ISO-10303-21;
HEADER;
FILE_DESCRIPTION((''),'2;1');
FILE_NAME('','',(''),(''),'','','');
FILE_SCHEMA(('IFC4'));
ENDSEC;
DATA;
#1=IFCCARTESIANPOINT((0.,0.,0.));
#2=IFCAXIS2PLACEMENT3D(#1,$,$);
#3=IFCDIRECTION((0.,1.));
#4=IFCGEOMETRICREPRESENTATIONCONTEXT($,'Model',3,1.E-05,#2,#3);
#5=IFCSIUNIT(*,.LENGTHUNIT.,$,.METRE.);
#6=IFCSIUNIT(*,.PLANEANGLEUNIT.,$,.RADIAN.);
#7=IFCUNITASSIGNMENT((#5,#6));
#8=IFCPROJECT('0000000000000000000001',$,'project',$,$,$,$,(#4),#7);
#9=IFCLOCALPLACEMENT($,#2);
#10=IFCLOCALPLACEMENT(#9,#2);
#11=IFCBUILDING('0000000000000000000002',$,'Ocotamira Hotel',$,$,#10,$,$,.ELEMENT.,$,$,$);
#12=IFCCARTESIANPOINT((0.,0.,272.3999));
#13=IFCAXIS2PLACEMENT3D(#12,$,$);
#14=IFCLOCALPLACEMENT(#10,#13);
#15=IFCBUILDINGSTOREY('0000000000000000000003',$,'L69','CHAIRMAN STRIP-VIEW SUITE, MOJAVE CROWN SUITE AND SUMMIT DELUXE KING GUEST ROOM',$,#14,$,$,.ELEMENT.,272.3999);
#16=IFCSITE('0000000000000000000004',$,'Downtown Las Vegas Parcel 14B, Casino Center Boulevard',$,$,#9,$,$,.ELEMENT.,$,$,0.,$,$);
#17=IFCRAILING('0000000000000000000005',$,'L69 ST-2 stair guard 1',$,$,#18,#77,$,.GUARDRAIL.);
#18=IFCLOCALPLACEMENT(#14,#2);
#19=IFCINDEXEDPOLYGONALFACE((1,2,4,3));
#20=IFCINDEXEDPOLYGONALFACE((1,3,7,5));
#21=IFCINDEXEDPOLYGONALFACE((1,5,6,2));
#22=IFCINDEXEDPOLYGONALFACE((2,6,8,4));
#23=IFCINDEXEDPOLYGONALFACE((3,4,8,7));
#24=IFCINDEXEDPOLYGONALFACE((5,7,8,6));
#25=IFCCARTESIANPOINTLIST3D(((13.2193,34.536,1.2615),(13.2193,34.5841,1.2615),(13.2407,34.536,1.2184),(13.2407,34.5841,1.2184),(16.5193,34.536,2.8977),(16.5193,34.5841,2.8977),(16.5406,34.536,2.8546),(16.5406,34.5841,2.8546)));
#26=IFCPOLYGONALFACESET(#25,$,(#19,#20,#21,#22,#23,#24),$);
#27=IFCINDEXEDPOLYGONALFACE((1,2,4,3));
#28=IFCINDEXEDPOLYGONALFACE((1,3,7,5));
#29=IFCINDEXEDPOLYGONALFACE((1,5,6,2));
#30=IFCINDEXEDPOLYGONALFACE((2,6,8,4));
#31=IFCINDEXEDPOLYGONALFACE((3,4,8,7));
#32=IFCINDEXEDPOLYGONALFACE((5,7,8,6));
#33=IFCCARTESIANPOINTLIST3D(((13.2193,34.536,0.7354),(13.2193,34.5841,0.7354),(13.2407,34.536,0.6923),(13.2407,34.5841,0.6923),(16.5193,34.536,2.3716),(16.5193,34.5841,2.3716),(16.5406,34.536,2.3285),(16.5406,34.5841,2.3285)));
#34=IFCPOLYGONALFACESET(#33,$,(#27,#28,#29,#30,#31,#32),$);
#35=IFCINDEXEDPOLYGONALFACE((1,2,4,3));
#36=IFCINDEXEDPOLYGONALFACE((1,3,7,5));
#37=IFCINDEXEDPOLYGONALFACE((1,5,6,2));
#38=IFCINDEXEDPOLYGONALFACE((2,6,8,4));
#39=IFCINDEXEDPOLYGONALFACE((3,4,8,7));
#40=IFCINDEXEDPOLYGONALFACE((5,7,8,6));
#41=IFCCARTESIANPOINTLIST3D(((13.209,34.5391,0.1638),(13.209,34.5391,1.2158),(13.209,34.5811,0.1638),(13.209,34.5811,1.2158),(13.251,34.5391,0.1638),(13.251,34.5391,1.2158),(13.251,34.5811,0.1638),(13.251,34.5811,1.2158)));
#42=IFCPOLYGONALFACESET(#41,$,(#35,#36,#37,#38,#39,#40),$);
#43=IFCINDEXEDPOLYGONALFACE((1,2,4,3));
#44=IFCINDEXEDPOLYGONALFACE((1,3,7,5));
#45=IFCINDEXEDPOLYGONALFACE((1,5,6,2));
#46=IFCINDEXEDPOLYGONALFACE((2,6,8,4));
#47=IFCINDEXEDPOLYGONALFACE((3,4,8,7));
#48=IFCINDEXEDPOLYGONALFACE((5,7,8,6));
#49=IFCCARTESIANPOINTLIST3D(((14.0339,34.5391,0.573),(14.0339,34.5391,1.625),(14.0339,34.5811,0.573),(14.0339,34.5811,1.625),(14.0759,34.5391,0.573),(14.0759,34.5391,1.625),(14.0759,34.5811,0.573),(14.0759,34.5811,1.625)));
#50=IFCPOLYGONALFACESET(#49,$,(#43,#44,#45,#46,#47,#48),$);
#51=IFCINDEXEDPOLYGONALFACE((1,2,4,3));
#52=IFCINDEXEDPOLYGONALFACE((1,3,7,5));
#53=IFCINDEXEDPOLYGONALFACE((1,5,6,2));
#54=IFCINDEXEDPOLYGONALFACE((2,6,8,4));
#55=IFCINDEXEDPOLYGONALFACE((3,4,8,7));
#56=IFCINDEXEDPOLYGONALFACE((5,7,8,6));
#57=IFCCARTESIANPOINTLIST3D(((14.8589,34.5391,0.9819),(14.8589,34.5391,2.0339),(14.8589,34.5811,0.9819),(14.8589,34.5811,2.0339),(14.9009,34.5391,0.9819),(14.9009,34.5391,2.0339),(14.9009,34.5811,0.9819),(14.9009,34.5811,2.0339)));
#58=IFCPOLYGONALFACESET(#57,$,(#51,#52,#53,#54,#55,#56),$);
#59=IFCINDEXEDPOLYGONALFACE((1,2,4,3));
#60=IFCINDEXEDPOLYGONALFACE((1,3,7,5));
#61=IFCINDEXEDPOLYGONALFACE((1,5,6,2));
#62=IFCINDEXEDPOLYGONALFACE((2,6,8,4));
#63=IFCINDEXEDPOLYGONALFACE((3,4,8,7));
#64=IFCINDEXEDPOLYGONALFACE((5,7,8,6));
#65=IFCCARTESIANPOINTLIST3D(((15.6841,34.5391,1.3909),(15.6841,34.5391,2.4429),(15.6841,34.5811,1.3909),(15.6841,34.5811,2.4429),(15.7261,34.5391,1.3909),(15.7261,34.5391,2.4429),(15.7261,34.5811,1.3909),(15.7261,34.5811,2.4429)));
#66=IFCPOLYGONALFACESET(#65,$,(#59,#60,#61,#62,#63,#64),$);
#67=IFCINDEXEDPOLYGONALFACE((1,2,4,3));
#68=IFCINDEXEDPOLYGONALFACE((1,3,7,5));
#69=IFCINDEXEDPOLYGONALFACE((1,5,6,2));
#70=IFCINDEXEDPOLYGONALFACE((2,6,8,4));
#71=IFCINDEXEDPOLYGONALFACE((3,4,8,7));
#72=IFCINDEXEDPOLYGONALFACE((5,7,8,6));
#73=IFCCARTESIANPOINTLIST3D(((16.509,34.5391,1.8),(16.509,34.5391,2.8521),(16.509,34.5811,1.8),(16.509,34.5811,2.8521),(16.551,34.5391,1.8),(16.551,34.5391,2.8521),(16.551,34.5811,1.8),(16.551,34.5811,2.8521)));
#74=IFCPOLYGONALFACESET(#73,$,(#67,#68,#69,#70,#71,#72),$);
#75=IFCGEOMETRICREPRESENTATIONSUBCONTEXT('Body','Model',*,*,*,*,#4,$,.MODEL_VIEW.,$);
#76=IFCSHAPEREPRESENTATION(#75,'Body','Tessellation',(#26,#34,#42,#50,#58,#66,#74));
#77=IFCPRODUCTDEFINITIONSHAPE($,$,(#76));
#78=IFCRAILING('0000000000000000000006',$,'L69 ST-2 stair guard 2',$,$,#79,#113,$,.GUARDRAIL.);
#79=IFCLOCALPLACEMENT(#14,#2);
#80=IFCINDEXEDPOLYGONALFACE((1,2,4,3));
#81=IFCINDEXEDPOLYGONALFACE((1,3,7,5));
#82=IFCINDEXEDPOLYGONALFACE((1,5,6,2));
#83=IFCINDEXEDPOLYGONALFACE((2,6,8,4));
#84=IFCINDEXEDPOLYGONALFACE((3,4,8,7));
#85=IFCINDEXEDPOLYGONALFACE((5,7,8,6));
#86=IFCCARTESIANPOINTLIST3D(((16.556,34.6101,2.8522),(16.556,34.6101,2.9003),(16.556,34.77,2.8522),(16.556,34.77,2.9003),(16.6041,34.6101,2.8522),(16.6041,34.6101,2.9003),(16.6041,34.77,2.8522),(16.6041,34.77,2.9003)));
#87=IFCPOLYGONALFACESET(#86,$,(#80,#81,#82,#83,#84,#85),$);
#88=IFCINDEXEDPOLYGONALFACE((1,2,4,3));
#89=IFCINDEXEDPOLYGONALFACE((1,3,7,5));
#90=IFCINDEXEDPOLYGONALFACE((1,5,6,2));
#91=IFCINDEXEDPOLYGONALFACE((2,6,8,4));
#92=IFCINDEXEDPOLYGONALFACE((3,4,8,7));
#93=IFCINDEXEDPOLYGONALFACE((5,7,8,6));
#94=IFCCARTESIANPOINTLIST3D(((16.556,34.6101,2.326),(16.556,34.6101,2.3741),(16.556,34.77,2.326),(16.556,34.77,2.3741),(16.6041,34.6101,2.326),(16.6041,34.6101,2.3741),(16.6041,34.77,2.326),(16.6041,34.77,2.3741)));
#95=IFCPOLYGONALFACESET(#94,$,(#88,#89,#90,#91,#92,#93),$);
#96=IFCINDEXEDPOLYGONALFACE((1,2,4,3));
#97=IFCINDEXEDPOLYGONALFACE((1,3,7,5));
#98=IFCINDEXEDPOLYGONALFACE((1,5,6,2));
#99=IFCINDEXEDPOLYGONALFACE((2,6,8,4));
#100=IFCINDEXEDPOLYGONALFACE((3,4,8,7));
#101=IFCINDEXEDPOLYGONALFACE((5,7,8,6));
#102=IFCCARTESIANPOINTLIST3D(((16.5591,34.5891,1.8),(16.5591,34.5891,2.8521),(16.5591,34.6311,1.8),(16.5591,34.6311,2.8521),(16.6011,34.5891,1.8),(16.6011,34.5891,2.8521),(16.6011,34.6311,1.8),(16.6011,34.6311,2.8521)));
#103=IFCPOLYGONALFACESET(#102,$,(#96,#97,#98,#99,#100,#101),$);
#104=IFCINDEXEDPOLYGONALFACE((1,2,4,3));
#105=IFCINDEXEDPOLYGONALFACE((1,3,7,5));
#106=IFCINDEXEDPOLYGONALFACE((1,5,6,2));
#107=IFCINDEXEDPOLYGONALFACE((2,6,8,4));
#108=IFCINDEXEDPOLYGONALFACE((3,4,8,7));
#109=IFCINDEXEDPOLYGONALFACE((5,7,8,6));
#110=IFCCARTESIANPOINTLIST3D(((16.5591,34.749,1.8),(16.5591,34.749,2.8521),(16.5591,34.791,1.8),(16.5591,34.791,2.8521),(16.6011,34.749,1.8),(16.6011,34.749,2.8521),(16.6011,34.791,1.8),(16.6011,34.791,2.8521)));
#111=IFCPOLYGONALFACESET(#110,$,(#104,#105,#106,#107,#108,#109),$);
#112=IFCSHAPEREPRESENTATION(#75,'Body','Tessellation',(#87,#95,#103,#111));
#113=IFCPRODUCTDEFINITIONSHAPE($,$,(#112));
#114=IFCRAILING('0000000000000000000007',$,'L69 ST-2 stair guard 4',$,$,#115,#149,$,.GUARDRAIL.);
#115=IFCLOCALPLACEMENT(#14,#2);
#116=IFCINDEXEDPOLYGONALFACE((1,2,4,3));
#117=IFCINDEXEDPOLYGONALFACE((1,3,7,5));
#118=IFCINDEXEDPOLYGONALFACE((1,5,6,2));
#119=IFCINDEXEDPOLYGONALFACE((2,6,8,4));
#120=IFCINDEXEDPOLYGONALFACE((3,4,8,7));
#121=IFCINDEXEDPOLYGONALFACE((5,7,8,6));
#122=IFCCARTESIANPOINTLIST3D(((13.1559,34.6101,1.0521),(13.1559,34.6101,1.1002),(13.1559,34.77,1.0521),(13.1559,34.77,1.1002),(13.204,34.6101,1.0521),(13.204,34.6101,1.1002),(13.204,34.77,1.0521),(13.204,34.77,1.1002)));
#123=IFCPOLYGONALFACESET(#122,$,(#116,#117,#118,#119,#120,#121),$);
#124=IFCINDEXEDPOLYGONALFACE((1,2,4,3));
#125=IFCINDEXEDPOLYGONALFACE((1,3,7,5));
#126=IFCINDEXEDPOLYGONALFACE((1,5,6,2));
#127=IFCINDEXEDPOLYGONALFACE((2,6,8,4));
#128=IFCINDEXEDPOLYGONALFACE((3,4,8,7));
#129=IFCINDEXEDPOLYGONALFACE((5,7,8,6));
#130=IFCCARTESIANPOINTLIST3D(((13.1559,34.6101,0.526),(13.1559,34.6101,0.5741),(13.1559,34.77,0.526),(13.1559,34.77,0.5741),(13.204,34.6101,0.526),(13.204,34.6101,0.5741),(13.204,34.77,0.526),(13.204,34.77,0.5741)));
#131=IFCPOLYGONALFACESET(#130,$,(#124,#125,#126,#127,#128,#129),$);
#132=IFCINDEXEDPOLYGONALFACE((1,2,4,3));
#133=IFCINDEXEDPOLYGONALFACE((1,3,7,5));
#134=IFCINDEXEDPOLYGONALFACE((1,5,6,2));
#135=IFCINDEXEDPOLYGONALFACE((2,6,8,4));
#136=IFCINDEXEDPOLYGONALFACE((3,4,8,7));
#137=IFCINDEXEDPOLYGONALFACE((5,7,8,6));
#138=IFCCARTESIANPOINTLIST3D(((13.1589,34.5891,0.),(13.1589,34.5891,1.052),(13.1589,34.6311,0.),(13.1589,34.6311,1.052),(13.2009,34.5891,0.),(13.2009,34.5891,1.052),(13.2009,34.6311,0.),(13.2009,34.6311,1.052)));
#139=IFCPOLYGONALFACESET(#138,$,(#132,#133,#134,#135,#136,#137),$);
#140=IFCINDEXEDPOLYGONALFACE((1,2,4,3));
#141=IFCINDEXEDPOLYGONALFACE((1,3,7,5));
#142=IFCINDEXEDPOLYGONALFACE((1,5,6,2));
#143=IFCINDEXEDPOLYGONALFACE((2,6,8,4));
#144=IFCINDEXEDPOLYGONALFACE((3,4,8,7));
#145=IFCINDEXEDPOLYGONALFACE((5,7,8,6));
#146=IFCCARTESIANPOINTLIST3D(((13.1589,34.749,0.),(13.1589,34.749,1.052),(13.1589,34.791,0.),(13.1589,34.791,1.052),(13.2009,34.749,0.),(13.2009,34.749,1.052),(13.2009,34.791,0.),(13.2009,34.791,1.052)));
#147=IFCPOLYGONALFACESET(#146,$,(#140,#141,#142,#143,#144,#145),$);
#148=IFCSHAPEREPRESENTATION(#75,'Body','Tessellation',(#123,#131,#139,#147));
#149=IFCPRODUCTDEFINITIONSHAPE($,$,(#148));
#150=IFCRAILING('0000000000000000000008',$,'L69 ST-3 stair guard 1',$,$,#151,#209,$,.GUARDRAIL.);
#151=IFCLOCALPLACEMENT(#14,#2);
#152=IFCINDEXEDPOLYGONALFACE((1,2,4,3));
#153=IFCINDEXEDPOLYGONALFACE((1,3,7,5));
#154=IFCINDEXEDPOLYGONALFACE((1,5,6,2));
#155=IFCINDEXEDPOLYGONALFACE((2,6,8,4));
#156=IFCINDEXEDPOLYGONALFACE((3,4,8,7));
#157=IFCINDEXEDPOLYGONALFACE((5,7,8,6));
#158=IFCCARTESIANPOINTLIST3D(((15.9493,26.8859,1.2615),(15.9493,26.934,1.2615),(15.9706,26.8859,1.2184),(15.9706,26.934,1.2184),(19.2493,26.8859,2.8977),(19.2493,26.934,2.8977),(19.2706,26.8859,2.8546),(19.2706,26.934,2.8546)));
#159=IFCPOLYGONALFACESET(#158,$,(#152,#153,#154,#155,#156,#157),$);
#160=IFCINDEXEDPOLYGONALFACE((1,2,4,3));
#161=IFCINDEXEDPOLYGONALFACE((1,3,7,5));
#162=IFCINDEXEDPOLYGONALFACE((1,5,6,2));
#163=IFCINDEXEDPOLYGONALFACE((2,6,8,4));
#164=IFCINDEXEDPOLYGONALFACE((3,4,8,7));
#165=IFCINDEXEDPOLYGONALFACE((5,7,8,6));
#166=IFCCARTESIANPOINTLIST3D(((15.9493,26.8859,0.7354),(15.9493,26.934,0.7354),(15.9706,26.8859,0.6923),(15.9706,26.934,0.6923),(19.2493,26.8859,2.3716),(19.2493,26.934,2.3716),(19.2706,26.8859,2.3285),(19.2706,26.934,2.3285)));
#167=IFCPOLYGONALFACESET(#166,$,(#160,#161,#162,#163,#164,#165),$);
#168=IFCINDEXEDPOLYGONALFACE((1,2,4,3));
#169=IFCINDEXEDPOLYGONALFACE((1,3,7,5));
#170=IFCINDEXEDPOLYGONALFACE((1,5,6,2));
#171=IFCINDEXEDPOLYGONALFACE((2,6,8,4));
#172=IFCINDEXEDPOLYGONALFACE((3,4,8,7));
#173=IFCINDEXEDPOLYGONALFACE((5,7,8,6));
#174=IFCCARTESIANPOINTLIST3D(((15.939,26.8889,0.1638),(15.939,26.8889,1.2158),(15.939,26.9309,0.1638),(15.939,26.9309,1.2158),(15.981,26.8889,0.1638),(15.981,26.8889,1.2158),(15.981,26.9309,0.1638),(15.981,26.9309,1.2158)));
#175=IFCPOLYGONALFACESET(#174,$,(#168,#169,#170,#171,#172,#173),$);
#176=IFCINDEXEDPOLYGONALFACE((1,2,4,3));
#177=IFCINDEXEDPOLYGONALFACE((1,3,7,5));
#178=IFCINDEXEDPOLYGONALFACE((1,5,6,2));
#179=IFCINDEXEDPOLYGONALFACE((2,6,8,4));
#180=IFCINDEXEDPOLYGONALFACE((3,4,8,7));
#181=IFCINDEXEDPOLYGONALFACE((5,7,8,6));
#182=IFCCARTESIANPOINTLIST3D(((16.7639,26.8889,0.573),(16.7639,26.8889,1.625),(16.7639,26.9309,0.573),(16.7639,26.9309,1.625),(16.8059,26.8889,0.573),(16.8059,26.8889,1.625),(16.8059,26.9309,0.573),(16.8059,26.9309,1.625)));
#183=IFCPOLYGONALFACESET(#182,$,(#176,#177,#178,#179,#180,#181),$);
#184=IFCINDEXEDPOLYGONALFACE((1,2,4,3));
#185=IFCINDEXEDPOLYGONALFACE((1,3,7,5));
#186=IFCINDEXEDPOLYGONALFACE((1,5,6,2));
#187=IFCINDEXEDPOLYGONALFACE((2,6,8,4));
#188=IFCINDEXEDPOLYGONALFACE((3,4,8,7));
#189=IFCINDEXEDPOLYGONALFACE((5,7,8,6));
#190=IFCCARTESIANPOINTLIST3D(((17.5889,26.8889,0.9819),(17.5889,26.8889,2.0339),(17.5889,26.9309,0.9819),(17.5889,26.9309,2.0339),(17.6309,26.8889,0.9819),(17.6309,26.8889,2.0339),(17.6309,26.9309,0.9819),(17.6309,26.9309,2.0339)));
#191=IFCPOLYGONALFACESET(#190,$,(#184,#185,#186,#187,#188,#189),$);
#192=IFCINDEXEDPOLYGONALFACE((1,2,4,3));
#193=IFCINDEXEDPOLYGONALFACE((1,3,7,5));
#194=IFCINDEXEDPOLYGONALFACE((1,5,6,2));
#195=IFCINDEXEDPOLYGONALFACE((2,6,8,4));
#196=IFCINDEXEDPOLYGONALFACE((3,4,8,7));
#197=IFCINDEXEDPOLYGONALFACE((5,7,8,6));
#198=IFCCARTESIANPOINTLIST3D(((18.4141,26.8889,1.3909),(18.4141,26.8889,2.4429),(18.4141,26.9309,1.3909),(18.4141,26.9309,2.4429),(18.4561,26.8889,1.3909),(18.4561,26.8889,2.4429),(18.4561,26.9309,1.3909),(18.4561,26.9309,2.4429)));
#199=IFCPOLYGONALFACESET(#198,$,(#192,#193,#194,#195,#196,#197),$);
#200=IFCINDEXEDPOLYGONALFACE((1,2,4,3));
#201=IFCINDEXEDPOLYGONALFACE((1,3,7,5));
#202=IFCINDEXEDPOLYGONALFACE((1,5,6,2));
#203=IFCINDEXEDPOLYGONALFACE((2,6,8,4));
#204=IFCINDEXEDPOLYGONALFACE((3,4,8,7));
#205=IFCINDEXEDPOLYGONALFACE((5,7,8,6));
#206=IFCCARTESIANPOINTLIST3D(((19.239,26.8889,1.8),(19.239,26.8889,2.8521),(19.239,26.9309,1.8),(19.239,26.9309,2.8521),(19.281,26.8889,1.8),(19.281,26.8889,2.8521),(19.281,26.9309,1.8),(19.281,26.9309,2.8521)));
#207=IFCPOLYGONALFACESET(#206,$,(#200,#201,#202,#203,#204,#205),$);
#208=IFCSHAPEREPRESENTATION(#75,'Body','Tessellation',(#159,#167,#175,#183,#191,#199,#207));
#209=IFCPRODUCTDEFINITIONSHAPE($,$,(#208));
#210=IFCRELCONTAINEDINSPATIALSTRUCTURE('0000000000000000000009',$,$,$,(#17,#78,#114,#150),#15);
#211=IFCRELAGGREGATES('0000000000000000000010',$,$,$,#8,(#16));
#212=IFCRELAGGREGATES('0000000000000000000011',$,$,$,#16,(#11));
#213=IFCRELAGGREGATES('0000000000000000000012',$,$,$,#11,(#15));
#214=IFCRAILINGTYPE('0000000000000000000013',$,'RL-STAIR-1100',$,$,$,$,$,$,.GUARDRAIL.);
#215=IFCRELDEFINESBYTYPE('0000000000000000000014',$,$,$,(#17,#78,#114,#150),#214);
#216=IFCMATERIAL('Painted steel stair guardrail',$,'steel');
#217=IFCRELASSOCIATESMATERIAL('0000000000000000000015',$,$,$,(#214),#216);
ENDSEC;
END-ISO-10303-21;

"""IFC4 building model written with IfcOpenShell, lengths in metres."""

from ifc_helpers import new_model, si_unit, direction, frame, origin, origin_2d, place, context, subcontext, project, spatial, rectangle, extrude, material, type_object, element, save


model = new_model("IFC4")

# Units and contexts
model_context = context("Model", 3, precision=1e-05, world=origin(), true_north=direction((0.0, 1.0)))
body_context = subcontext(model_context, "Body", "Model", "MODEL_VIEW")
ifc_project = project(units=[si_unit("LENGTHUNIT", "METRE"), si_unit("PLANEANGLEUNIT", "RADIAN")], contexts=[model_context])

# Site, building, storey
site_placement = place(None, origin())
site = spatial("IfcSite", under=ifc_project, at=site_placement, Name="Downtown Las Vegas Parcel 14B, Casino Center Boulevard", CompositionType="ELEMENT", RefElevation=0.0)
building_placement = place(site_placement, origin())
building = spatial("IfcBuilding", under=site, at=building_placement, Name="Ocotamira Hotel", CompositionType="ELEMENT")
storey_placement = place(building_placement, frame((0.0, 0.0, 272.3999)))
storey = spatial("IfcBuildingStorey", under=building, at=storey_placement, Name="L69", Description="CHAIRMAN STRIP-VIEW SUITE, MOJAVE CROWN SUITE AND SUMMIT DELUXE KING GUEST ROOM", CompositionType="ELEMENT", Elevation=272.3999)

# Railings
ifc_material_1 = material(Name="Painted steel stair guardrail", Category="steel")
railing_type_1 = type_object("IfcRailingType", Name="RL-STAIR-1100", PredefinedType="GUARDRAIL", material=ifc_material_1)
railing_1_placement = place(storey_placement, frame((13.23, 34.5601, 0.1638)))
element("IfcRailing", 1, at=railing_1_placement, inside=storey, type_object=railing_type_1, Name="L69 ST-2 stair guard 1", PredefinedType="GUARDRAIL", context=body_context, shape_type="SweptSolid", body=[
    extrude(rectangle(XDim=0.0481, YDim=0.0481, at=origin_2d()), frame((0.0, 0.0, 1.0762), z_axis=(0.89592, 0.0, 0.444215), x_axis=(0.0, 1.0, 0.0)), (0.0, 0.0, 1.0), 3.6833),
    extrude(rectangle(XDim=0.0481, YDim=0.0481, at=origin_2d()), frame((0.0, 0.0, 0.55), z_axis=(0.89592, 0.0, 0.444215), x_axis=(0.0, 1.0, 0.0)), (0.0, 0.0, 1.0), 3.6833),
    extrude(rectangle(XDim=0.042, YDim=0.042, at=origin_2d()), origin(), (0.0, 0.0, 1.0), 1.052),
    extrude(rectangle(XDim=0.042, YDim=0.042, at=origin_2d()), frame((0.825, 0.0, 0.4092)), (0.0, 0.0, 1.0), 1.052),
    extrude(rectangle(XDim=0.042, YDim=0.042, at=origin_2d()), frame((1.6499, 0.0, 0.8181)), (0.0, 0.0, 1.0), 1.052),
    extrude(rectangle(XDim=0.042, YDim=0.042, at=origin_2d()), frame((2.4751, 0.0, 1.2271)), (0.0, 0.0, 1.0), 1.052),
    extrude(rectangle(XDim=0.042, YDim=0.042, at=origin_2d()), frame((3.3, 0.0, 1.6362)), (0.0, 0.0, 1.0), 1.052),
])
for number, where, name in (
    (2, (16.5801, 34.6101, 1.8), "L69 ST-2 stair guard 2"),
    (3, (13.1799, 34.6101, 0.0), "L69 ST-2 stair guard 4"),
):
    element("IfcRailing", number, at=place(storey_placement, frame(where)), inside=storey, type_object=railing_type_1, Name=name, PredefinedType="GUARDRAIL", context=body_context, shape_type="SweptSolid", body=[
        extrude(rectangle(XDim=0.0481, YDim=0.0481, at=origin_2d()), frame((0.0, 0.0, 1.0762), z_axis=(0.0, 1.0, 0.0), x_axis=(-1.0, 0.0, 0.0)), (0.0, 0.0, 1.0), 0.1599),
        extrude(rectangle(XDim=0.0481, YDim=0.0481, at=origin_2d()), frame((0.0, 0.0, 0.55), z_axis=(0.0, 1.0, 0.0), x_axis=(-1.0, 0.0, 0.0)), (0.0, 0.0, 1.0), 0.1599),
        extrude(rectangle(XDim=0.042, YDim=0.042, at=origin_2d()), origin(), (0.0, 0.0, 1.0), 1.052),
        extrude(rectangle(XDim=0.042, YDim=0.042, at=origin_2d()), frame((0.0, 0.1599, 0.0)), (0.0, 0.0, 1.0), 1.052),
    ])
railing_2_placement = place(storey_placement, frame((15.96, 26.9099, 0.1638)))
element("IfcRailing", 4, at=railing_2_placement, inside=storey, type_object=railing_type_1, Name="L69 ST-3 stair guard 1", PredefinedType="GUARDRAIL", context=body_context, shape_type="SweptSolid", body=[
    extrude(rectangle(XDim=0.0481, YDim=0.0481, at=origin_2d()), frame((0.0, 0.0, 1.0762), z_axis=(0.89592, 0.0, 0.444215), x_axis=(0.0, 1.0, 0.0)), (0.0, 0.0, 1.0), 3.6833),
    extrude(rectangle(XDim=0.0481, YDim=0.0481, at=origin_2d()), frame((0.0, 0.0, 0.55), z_axis=(0.89592, 0.0, 0.444215), x_axis=(0.0, 1.0, 0.0)), (0.0, 0.0, 1.0), 3.6833),
    extrude(rectangle(XDim=0.042, YDim=0.042, at=origin_2d()), origin(), (0.0, 0.0, 1.0), 1.052),
    extrude(rectangle(XDim=0.042, YDim=0.042, at=origin_2d()), frame((0.825, 0.0, 0.4092)), (0.0, 0.0, 1.0), 1.052),
    extrude(rectangle(XDim=0.042, YDim=0.042, at=origin_2d()), frame((1.6499, 0.0, 0.8181)), (0.0, 0.0, 1.0), 1.052),
    extrude(rectangle(XDim=0.042, YDim=0.042, at=origin_2d()), frame((2.4751, 0.0, 1.2271)), (0.0, 0.0, 1.0), 1.052),
    extrude(rectangle(XDim=0.042, YDim=0.042, at=origin_2d()), frame((3.3, 0.0, 1.6362)), (0.0, 0.0, 1.0), 1.052),
])

save(model, "model.ifc")
